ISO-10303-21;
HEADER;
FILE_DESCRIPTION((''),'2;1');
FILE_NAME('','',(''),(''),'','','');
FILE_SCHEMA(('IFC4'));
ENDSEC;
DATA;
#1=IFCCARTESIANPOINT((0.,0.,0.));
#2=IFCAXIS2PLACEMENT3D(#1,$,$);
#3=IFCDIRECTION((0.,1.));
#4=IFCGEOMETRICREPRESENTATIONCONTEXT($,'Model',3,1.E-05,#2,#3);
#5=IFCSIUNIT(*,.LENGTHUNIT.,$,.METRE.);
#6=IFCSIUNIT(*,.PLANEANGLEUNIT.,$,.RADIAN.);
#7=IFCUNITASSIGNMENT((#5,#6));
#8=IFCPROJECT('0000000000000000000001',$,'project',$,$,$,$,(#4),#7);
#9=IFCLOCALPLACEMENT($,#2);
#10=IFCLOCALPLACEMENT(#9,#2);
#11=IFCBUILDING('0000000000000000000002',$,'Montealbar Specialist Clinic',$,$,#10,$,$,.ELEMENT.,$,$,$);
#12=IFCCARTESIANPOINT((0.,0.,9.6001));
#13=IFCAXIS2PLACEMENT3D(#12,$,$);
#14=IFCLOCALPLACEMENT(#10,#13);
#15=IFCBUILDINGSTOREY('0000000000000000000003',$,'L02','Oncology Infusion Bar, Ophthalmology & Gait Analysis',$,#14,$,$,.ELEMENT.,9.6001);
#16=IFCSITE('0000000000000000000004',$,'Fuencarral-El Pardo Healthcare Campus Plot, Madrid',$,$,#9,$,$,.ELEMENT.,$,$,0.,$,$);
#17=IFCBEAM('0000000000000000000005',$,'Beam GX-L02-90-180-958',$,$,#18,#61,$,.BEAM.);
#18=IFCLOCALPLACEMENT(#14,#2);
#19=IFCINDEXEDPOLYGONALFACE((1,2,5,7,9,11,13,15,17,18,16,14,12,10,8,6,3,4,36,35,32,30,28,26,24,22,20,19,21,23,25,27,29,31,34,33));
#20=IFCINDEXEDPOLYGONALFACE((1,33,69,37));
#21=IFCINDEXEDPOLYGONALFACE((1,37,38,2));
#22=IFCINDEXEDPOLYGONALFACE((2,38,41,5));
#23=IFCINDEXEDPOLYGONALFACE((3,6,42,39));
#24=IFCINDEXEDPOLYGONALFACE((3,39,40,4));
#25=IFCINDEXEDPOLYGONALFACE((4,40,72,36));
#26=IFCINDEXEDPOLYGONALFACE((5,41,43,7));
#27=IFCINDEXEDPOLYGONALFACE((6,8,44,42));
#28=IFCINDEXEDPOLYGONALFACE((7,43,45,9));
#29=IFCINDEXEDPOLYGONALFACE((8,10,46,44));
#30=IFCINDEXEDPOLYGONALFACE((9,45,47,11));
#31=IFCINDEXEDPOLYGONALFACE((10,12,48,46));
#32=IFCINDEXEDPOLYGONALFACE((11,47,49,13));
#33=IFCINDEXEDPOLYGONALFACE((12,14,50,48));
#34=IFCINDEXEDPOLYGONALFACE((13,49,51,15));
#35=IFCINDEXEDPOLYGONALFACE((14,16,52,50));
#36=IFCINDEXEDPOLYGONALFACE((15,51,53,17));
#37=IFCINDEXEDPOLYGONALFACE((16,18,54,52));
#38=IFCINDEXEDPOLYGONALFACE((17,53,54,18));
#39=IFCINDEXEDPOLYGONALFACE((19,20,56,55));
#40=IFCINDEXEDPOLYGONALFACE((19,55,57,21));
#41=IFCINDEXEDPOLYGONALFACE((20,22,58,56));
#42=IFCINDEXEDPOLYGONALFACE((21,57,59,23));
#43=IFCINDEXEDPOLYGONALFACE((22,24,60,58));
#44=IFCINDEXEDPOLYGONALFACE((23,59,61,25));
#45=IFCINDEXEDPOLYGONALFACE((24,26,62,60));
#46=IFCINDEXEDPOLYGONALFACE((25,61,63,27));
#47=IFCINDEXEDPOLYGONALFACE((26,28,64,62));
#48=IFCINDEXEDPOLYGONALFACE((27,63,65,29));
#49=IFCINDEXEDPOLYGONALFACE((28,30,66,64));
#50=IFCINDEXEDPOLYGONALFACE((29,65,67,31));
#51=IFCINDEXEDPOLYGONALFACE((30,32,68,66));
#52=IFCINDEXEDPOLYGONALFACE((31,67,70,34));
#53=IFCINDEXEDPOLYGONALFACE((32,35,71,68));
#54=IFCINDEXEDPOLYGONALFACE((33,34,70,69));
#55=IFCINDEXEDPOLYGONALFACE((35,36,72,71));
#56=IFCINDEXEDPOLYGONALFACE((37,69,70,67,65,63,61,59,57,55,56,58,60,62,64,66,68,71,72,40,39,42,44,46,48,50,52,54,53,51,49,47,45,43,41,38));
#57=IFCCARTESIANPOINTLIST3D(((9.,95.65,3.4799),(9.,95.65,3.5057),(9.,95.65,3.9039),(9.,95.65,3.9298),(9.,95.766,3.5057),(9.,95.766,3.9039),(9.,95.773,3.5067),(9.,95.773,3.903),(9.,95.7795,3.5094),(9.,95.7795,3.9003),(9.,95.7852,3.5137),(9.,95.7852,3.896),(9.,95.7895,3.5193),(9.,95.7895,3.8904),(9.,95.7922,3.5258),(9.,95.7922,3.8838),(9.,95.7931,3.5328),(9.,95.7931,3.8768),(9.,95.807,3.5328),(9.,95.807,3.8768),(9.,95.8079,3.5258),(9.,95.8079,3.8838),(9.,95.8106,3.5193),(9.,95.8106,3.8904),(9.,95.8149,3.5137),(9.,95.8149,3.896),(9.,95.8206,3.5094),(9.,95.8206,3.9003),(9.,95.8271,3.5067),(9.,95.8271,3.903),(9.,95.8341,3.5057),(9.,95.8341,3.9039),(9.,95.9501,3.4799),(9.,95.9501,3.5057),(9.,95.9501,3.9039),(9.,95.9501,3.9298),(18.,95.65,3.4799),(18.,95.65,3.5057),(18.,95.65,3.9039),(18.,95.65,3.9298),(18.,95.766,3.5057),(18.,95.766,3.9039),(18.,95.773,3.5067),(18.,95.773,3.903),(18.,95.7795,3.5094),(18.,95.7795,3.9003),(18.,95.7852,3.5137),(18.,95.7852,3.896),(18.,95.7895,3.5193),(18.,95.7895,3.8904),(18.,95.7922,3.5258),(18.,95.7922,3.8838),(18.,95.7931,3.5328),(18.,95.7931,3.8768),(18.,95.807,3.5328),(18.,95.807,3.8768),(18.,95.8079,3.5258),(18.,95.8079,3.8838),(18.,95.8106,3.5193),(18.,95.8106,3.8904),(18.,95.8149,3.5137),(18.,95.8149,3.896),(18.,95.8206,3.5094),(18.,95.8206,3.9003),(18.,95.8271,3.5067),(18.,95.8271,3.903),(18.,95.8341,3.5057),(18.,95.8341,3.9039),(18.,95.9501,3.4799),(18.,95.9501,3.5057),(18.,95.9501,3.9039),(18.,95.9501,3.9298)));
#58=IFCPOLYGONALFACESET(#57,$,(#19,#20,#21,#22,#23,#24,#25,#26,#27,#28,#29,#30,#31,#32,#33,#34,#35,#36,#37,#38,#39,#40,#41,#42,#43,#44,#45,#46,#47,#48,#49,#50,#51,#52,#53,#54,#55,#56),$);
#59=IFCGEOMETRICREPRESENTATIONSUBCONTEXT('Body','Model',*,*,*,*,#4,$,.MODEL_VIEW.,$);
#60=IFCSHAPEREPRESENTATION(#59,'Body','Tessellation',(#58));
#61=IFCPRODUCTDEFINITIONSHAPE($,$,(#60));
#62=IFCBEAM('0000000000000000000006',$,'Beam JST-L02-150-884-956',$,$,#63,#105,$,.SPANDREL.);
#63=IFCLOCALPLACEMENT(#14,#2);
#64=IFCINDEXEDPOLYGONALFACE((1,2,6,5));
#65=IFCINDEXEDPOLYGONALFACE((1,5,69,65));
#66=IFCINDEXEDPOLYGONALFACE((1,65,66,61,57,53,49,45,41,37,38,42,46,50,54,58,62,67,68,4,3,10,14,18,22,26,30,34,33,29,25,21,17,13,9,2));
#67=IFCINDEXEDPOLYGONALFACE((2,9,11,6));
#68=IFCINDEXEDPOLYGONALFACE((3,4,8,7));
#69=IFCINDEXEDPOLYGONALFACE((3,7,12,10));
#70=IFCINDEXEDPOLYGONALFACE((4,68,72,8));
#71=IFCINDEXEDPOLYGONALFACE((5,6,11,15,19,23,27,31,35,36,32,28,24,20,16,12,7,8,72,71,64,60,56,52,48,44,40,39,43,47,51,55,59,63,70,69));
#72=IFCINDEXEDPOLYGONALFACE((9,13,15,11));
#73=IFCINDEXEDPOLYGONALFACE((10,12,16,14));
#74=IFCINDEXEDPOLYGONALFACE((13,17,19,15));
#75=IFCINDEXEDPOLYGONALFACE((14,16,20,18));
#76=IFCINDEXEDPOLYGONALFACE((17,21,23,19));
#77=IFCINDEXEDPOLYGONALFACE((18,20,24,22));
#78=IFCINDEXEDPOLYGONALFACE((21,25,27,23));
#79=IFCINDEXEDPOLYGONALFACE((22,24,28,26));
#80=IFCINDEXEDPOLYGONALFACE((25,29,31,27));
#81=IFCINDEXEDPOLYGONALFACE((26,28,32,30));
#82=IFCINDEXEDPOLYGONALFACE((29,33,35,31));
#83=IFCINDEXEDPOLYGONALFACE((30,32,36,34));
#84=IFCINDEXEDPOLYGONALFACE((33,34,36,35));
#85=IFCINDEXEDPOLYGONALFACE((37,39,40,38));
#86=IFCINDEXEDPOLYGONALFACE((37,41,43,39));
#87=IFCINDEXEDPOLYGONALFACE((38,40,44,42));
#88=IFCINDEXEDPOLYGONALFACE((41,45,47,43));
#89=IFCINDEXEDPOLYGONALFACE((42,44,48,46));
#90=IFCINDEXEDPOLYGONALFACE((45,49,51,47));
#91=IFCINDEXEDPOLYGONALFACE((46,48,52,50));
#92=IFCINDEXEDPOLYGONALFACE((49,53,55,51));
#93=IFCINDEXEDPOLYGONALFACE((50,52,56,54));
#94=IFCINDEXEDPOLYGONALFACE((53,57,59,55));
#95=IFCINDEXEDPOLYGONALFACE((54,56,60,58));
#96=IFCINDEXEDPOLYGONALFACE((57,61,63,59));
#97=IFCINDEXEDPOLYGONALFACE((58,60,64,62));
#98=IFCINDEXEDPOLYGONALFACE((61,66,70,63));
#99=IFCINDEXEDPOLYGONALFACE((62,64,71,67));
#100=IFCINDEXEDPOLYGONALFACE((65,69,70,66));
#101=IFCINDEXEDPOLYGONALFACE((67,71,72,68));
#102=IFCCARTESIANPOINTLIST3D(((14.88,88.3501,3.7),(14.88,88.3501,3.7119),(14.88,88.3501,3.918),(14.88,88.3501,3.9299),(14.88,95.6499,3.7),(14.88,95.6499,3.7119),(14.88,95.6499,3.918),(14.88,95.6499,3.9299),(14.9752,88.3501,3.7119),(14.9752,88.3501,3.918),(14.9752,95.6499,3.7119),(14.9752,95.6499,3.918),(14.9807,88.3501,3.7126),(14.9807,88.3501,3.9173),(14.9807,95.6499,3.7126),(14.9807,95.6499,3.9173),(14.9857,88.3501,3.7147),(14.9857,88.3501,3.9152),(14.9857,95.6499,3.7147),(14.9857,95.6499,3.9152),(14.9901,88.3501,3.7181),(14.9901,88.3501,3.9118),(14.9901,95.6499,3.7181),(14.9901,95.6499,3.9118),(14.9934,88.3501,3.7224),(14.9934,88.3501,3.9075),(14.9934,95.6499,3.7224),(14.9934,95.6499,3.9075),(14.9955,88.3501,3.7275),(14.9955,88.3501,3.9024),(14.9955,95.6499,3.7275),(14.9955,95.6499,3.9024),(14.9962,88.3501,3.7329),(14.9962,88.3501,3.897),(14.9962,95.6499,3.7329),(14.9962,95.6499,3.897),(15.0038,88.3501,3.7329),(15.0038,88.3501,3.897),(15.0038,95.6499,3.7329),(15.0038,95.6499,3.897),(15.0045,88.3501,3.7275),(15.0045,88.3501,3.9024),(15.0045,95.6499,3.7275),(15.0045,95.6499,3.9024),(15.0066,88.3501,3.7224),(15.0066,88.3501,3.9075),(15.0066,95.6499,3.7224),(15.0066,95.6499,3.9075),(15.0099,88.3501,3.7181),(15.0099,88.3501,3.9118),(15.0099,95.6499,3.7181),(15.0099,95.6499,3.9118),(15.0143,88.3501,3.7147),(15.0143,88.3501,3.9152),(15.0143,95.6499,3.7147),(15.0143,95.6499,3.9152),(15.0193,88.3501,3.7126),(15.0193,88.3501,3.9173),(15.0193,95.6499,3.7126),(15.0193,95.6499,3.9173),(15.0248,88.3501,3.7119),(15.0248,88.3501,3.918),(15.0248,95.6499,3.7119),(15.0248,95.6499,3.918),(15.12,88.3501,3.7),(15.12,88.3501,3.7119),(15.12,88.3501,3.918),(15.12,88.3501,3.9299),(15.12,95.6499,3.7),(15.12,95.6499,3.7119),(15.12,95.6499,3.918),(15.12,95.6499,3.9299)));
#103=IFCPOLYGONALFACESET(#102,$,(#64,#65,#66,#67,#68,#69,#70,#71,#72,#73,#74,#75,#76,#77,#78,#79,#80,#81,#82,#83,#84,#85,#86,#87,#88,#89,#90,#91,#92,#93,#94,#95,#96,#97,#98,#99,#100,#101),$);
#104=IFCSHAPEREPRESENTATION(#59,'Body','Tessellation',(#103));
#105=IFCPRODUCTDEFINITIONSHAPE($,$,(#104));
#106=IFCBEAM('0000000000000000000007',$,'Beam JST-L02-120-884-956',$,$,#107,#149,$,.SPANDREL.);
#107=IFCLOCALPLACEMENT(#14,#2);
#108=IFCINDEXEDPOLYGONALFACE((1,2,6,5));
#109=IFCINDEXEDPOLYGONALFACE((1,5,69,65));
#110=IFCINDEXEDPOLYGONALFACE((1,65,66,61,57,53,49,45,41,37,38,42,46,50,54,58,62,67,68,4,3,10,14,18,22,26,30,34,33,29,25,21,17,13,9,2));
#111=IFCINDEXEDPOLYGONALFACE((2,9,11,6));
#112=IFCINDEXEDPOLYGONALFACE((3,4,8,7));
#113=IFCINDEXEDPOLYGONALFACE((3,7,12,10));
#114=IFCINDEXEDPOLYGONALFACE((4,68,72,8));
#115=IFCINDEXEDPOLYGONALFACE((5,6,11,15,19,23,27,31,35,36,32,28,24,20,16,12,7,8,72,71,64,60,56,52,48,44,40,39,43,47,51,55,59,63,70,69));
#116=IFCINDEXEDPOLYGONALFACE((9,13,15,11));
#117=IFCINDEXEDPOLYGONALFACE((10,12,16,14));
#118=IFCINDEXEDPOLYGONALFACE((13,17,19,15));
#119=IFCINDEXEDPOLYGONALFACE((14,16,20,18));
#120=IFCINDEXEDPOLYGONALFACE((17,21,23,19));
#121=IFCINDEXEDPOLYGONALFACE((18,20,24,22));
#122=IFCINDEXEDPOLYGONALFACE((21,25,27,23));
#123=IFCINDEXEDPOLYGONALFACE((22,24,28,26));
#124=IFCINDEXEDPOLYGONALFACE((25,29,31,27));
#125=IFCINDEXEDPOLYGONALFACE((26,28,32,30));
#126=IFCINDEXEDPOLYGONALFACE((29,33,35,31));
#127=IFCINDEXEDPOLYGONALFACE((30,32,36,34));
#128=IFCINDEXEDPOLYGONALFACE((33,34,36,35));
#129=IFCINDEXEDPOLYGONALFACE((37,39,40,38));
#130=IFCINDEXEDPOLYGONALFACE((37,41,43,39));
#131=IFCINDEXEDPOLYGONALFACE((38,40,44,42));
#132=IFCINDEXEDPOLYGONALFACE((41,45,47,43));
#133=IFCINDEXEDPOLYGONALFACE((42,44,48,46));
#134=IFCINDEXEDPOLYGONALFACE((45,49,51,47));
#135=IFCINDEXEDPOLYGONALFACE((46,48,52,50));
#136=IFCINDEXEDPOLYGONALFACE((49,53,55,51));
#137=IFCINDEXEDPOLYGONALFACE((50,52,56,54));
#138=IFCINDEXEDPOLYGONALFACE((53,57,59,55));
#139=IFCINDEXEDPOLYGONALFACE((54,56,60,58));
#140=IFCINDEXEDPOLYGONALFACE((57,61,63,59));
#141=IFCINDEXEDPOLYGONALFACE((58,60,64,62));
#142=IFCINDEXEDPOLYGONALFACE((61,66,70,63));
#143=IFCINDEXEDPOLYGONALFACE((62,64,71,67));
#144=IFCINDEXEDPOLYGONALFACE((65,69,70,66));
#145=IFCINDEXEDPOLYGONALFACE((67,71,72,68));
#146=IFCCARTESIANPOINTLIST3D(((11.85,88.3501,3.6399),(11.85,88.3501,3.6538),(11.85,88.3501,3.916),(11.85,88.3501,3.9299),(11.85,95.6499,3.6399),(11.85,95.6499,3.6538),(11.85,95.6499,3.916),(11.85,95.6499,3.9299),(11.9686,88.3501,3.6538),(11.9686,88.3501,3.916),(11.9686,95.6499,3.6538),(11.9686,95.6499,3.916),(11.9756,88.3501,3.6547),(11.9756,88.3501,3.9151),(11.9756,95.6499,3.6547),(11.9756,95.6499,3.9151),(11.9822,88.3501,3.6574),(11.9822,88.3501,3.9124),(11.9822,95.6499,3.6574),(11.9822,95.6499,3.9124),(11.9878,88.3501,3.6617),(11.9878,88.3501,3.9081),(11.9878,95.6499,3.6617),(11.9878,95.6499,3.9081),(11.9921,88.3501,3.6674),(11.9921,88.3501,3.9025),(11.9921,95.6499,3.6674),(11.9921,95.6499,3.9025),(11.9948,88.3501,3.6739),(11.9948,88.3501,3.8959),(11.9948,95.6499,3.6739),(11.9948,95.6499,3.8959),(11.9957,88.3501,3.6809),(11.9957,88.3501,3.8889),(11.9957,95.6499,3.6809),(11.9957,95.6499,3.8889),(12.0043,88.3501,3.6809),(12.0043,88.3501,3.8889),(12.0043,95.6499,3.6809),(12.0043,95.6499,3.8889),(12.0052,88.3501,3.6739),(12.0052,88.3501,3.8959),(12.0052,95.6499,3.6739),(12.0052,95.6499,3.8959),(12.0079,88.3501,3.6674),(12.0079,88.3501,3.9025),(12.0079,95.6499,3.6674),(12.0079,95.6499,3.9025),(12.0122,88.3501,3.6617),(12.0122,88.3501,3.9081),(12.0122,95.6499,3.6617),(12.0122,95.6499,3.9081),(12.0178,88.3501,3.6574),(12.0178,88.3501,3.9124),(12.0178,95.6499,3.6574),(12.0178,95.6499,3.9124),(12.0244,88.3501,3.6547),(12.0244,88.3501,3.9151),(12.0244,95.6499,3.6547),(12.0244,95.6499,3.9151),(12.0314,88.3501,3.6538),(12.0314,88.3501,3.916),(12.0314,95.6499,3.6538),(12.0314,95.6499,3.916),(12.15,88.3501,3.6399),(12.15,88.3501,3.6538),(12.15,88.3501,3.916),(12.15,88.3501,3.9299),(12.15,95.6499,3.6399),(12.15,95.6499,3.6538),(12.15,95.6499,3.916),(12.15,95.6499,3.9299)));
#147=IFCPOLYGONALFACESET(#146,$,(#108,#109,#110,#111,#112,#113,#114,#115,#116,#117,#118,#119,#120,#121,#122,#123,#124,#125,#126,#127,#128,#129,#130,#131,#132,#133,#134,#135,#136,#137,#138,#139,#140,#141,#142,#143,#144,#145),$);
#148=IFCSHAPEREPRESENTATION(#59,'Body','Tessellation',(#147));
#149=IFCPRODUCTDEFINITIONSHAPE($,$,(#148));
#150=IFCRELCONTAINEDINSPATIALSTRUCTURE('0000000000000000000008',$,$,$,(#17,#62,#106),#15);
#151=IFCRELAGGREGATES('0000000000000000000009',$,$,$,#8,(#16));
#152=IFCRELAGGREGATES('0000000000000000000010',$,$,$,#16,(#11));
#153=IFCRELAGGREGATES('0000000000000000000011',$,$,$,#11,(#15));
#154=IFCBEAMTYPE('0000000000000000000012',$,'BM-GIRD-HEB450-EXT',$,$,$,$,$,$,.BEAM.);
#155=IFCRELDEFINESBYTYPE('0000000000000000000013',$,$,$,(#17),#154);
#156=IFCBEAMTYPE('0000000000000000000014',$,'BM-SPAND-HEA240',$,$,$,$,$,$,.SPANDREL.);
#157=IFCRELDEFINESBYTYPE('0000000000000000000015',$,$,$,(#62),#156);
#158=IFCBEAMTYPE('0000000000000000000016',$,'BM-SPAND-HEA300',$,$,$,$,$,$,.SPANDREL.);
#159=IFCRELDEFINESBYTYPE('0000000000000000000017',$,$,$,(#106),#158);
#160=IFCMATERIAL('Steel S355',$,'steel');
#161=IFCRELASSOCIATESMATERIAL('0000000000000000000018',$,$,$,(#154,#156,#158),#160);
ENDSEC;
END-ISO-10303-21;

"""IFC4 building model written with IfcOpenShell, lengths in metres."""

from ifc_helpers import new_model, si_unit, direction, frame, origin, origin_2d, place, context, subcontext, project, spatial, i_section, extrude, material, material_profile, profile_set, type_object, element, save


model = new_model("IFC4")

# Units and contexts
model_context = context("Model", 3, precision=1e-05, world=origin(), true_north=direction((0.0, 1.0)))
body_context = subcontext(model_context, "Body", "Model", "MODEL_VIEW")
ifc_project = project(units=[si_unit("LENGTHUNIT", "METRE"), si_unit("PLANEANGLEUNIT", "RADIAN")], contexts=[model_context])

# Site, building, storey
site_placement = place(None, origin())
site = spatial("IfcSite", under=ifc_project, at=site_placement, Name="Fuencarral-El Pardo Healthcare Campus Plot, Madrid", CompositionType="ELEMENT", RefElevation=0.0)
building_placement = place(site_placement, origin())
building = spatial("IfcBuilding", under=site, at=building_placement, Name="Montealbar Specialist Clinic", CompositionType="ELEMENT")
storey_placement = place(building_placement, frame((0.0, 0.0, 9.6001)))
storey = spatial("IfcBuildingStorey", under=building, at=storey_placement, Name="L02", Description="Oncology Infusion Bar, Ophthalmology & Gait Analysis", CompositionType="ELEMENT", Elevation=9.6001)

# Shared definitions
ifc_material_1 = material(Name="Steel S355", Category="steel")

# Beams
ifc_material_profile_1 = material_profile(ifc_material_1, i_section(OverallWidth=0.3, OverallDepth=0.45, WebThickness=0.0139, FlangeThickness=0.0259, FilletRadius=0.0271, at=origin_2d()), Name="HEB 450", Category="steel")
ifc_profile_set_1 = profile_set([ifc_material_profile_1], Name="Steel S355")
beam_type_1 = type_object("IfcBeamType", Name="BM-GIRD-HEB450-EXT", PredefinedType="BEAM", material=ifc_profile_set_1)
beam_1_placement = place(storey_placement, frame((9.0, 95.8, 3.7048), z_axis=(1.0, 0.0, 0.0), x_axis=(0.0, 1.0, 0.0)))
element("IfcBeam", 1, at=beam_1_placement, inside=storey, type_object=beam_type_1, Name="Beam GX-L02-90-180-958", PredefinedType="BEAM", context=body_context, shape_type="SweptSolid", body=[
    extrude(i_section(OverallWidth=0.3, OverallDepth=0.45, WebThickness=0.0139, FlangeThickness=0.0259, FilletRadius=0.0271, at=origin_2d()), origin(), (0.0, 0.0, 1.0), 9.0),
])
ifc_material_profile_2 = material_profile(ifc_material_1, i_section(OverallWidth=0.24, OverallDepth=0.23, WebThickness=0.0076, FlangeThickness=0.012, FilletRadius=0.021, at=origin_2d()), Name="HEA 240", Category="steel")
ifc_profile_set_2 = profile_set([ifc_material_profile_2], Name="Steel S355")
beam_type_2 = type_object("IfcBeamType", Name="BM-SPAND-HEA240", PredefinedType="SPANDREL", material=ifc_profile_set_2)
beam_2_placement = place(storey_placement, frame((15.0, 88.3501, 3.8149), z_axis=(0.0, 1.0, 0.0), x_axis=(-1.0, 0.0, 0.0)))
element("IfcBeam", 2, at=beam_2_placement, inside=storey, type_object=beam_type_2, Name="Beam JST-L02-150-884-956", PredefinedType="SPANDREL", context=body_context, shape_type="SweptSolid", body=[
    extrude(i_section(OverallWidth=0.24, OverallDepth=0.23, WebThickness=0.0076, FlangeThickness=0.012, FilletRadius=0.021, at=origin_2d()), origin(), (0.0, 0.0, 1.0), 7.2998),
])
ifc_material_profile_3 = material_profile(ifc_material_1, i_section(OverallWidth=0.3, OverallDepth=0.29, WebThickness=0.0085, FlangeThickness=0.0139, FilletRadius=0.0271, at=origin_2d()), Name="HEA 300", Category="steel")
ifc_profile_set_3 = profile_set([ifc_material_profile_3], Name="Steel S355")
beam_type_3 = type_object("IfcBeamType", Name="BM-SPAND-HEA300", PredefinedType="SPANDREL", material=ifc_profile_set_3)
beam_3_placement = place(storey_placement, frame((12.0, 88.3501, 3.7849), z_axis=(0.0, 1.0, 0.0), x_axis=(-1.0, 0.0, 0.0)))
element("IfcBeam", 3, at=beam_3_placement, inside=storey, type_object=beam_type_3, Name="Beam JST-L02-120-884-956", PredefinedType="SPANDREL", context=body_context, shape_type="SweptSolid", body=[
    extrude(i_section(OverallWidth=0.3, OverallDepth=0.29, WebThickness=0.0085, FlangeThickness=0.0139, FilletRadius=0.0271, at=origin_2d()), origin(), (0.0, 0.0, 1.0), 7.2998),
])

save(model, "model.ifc")
